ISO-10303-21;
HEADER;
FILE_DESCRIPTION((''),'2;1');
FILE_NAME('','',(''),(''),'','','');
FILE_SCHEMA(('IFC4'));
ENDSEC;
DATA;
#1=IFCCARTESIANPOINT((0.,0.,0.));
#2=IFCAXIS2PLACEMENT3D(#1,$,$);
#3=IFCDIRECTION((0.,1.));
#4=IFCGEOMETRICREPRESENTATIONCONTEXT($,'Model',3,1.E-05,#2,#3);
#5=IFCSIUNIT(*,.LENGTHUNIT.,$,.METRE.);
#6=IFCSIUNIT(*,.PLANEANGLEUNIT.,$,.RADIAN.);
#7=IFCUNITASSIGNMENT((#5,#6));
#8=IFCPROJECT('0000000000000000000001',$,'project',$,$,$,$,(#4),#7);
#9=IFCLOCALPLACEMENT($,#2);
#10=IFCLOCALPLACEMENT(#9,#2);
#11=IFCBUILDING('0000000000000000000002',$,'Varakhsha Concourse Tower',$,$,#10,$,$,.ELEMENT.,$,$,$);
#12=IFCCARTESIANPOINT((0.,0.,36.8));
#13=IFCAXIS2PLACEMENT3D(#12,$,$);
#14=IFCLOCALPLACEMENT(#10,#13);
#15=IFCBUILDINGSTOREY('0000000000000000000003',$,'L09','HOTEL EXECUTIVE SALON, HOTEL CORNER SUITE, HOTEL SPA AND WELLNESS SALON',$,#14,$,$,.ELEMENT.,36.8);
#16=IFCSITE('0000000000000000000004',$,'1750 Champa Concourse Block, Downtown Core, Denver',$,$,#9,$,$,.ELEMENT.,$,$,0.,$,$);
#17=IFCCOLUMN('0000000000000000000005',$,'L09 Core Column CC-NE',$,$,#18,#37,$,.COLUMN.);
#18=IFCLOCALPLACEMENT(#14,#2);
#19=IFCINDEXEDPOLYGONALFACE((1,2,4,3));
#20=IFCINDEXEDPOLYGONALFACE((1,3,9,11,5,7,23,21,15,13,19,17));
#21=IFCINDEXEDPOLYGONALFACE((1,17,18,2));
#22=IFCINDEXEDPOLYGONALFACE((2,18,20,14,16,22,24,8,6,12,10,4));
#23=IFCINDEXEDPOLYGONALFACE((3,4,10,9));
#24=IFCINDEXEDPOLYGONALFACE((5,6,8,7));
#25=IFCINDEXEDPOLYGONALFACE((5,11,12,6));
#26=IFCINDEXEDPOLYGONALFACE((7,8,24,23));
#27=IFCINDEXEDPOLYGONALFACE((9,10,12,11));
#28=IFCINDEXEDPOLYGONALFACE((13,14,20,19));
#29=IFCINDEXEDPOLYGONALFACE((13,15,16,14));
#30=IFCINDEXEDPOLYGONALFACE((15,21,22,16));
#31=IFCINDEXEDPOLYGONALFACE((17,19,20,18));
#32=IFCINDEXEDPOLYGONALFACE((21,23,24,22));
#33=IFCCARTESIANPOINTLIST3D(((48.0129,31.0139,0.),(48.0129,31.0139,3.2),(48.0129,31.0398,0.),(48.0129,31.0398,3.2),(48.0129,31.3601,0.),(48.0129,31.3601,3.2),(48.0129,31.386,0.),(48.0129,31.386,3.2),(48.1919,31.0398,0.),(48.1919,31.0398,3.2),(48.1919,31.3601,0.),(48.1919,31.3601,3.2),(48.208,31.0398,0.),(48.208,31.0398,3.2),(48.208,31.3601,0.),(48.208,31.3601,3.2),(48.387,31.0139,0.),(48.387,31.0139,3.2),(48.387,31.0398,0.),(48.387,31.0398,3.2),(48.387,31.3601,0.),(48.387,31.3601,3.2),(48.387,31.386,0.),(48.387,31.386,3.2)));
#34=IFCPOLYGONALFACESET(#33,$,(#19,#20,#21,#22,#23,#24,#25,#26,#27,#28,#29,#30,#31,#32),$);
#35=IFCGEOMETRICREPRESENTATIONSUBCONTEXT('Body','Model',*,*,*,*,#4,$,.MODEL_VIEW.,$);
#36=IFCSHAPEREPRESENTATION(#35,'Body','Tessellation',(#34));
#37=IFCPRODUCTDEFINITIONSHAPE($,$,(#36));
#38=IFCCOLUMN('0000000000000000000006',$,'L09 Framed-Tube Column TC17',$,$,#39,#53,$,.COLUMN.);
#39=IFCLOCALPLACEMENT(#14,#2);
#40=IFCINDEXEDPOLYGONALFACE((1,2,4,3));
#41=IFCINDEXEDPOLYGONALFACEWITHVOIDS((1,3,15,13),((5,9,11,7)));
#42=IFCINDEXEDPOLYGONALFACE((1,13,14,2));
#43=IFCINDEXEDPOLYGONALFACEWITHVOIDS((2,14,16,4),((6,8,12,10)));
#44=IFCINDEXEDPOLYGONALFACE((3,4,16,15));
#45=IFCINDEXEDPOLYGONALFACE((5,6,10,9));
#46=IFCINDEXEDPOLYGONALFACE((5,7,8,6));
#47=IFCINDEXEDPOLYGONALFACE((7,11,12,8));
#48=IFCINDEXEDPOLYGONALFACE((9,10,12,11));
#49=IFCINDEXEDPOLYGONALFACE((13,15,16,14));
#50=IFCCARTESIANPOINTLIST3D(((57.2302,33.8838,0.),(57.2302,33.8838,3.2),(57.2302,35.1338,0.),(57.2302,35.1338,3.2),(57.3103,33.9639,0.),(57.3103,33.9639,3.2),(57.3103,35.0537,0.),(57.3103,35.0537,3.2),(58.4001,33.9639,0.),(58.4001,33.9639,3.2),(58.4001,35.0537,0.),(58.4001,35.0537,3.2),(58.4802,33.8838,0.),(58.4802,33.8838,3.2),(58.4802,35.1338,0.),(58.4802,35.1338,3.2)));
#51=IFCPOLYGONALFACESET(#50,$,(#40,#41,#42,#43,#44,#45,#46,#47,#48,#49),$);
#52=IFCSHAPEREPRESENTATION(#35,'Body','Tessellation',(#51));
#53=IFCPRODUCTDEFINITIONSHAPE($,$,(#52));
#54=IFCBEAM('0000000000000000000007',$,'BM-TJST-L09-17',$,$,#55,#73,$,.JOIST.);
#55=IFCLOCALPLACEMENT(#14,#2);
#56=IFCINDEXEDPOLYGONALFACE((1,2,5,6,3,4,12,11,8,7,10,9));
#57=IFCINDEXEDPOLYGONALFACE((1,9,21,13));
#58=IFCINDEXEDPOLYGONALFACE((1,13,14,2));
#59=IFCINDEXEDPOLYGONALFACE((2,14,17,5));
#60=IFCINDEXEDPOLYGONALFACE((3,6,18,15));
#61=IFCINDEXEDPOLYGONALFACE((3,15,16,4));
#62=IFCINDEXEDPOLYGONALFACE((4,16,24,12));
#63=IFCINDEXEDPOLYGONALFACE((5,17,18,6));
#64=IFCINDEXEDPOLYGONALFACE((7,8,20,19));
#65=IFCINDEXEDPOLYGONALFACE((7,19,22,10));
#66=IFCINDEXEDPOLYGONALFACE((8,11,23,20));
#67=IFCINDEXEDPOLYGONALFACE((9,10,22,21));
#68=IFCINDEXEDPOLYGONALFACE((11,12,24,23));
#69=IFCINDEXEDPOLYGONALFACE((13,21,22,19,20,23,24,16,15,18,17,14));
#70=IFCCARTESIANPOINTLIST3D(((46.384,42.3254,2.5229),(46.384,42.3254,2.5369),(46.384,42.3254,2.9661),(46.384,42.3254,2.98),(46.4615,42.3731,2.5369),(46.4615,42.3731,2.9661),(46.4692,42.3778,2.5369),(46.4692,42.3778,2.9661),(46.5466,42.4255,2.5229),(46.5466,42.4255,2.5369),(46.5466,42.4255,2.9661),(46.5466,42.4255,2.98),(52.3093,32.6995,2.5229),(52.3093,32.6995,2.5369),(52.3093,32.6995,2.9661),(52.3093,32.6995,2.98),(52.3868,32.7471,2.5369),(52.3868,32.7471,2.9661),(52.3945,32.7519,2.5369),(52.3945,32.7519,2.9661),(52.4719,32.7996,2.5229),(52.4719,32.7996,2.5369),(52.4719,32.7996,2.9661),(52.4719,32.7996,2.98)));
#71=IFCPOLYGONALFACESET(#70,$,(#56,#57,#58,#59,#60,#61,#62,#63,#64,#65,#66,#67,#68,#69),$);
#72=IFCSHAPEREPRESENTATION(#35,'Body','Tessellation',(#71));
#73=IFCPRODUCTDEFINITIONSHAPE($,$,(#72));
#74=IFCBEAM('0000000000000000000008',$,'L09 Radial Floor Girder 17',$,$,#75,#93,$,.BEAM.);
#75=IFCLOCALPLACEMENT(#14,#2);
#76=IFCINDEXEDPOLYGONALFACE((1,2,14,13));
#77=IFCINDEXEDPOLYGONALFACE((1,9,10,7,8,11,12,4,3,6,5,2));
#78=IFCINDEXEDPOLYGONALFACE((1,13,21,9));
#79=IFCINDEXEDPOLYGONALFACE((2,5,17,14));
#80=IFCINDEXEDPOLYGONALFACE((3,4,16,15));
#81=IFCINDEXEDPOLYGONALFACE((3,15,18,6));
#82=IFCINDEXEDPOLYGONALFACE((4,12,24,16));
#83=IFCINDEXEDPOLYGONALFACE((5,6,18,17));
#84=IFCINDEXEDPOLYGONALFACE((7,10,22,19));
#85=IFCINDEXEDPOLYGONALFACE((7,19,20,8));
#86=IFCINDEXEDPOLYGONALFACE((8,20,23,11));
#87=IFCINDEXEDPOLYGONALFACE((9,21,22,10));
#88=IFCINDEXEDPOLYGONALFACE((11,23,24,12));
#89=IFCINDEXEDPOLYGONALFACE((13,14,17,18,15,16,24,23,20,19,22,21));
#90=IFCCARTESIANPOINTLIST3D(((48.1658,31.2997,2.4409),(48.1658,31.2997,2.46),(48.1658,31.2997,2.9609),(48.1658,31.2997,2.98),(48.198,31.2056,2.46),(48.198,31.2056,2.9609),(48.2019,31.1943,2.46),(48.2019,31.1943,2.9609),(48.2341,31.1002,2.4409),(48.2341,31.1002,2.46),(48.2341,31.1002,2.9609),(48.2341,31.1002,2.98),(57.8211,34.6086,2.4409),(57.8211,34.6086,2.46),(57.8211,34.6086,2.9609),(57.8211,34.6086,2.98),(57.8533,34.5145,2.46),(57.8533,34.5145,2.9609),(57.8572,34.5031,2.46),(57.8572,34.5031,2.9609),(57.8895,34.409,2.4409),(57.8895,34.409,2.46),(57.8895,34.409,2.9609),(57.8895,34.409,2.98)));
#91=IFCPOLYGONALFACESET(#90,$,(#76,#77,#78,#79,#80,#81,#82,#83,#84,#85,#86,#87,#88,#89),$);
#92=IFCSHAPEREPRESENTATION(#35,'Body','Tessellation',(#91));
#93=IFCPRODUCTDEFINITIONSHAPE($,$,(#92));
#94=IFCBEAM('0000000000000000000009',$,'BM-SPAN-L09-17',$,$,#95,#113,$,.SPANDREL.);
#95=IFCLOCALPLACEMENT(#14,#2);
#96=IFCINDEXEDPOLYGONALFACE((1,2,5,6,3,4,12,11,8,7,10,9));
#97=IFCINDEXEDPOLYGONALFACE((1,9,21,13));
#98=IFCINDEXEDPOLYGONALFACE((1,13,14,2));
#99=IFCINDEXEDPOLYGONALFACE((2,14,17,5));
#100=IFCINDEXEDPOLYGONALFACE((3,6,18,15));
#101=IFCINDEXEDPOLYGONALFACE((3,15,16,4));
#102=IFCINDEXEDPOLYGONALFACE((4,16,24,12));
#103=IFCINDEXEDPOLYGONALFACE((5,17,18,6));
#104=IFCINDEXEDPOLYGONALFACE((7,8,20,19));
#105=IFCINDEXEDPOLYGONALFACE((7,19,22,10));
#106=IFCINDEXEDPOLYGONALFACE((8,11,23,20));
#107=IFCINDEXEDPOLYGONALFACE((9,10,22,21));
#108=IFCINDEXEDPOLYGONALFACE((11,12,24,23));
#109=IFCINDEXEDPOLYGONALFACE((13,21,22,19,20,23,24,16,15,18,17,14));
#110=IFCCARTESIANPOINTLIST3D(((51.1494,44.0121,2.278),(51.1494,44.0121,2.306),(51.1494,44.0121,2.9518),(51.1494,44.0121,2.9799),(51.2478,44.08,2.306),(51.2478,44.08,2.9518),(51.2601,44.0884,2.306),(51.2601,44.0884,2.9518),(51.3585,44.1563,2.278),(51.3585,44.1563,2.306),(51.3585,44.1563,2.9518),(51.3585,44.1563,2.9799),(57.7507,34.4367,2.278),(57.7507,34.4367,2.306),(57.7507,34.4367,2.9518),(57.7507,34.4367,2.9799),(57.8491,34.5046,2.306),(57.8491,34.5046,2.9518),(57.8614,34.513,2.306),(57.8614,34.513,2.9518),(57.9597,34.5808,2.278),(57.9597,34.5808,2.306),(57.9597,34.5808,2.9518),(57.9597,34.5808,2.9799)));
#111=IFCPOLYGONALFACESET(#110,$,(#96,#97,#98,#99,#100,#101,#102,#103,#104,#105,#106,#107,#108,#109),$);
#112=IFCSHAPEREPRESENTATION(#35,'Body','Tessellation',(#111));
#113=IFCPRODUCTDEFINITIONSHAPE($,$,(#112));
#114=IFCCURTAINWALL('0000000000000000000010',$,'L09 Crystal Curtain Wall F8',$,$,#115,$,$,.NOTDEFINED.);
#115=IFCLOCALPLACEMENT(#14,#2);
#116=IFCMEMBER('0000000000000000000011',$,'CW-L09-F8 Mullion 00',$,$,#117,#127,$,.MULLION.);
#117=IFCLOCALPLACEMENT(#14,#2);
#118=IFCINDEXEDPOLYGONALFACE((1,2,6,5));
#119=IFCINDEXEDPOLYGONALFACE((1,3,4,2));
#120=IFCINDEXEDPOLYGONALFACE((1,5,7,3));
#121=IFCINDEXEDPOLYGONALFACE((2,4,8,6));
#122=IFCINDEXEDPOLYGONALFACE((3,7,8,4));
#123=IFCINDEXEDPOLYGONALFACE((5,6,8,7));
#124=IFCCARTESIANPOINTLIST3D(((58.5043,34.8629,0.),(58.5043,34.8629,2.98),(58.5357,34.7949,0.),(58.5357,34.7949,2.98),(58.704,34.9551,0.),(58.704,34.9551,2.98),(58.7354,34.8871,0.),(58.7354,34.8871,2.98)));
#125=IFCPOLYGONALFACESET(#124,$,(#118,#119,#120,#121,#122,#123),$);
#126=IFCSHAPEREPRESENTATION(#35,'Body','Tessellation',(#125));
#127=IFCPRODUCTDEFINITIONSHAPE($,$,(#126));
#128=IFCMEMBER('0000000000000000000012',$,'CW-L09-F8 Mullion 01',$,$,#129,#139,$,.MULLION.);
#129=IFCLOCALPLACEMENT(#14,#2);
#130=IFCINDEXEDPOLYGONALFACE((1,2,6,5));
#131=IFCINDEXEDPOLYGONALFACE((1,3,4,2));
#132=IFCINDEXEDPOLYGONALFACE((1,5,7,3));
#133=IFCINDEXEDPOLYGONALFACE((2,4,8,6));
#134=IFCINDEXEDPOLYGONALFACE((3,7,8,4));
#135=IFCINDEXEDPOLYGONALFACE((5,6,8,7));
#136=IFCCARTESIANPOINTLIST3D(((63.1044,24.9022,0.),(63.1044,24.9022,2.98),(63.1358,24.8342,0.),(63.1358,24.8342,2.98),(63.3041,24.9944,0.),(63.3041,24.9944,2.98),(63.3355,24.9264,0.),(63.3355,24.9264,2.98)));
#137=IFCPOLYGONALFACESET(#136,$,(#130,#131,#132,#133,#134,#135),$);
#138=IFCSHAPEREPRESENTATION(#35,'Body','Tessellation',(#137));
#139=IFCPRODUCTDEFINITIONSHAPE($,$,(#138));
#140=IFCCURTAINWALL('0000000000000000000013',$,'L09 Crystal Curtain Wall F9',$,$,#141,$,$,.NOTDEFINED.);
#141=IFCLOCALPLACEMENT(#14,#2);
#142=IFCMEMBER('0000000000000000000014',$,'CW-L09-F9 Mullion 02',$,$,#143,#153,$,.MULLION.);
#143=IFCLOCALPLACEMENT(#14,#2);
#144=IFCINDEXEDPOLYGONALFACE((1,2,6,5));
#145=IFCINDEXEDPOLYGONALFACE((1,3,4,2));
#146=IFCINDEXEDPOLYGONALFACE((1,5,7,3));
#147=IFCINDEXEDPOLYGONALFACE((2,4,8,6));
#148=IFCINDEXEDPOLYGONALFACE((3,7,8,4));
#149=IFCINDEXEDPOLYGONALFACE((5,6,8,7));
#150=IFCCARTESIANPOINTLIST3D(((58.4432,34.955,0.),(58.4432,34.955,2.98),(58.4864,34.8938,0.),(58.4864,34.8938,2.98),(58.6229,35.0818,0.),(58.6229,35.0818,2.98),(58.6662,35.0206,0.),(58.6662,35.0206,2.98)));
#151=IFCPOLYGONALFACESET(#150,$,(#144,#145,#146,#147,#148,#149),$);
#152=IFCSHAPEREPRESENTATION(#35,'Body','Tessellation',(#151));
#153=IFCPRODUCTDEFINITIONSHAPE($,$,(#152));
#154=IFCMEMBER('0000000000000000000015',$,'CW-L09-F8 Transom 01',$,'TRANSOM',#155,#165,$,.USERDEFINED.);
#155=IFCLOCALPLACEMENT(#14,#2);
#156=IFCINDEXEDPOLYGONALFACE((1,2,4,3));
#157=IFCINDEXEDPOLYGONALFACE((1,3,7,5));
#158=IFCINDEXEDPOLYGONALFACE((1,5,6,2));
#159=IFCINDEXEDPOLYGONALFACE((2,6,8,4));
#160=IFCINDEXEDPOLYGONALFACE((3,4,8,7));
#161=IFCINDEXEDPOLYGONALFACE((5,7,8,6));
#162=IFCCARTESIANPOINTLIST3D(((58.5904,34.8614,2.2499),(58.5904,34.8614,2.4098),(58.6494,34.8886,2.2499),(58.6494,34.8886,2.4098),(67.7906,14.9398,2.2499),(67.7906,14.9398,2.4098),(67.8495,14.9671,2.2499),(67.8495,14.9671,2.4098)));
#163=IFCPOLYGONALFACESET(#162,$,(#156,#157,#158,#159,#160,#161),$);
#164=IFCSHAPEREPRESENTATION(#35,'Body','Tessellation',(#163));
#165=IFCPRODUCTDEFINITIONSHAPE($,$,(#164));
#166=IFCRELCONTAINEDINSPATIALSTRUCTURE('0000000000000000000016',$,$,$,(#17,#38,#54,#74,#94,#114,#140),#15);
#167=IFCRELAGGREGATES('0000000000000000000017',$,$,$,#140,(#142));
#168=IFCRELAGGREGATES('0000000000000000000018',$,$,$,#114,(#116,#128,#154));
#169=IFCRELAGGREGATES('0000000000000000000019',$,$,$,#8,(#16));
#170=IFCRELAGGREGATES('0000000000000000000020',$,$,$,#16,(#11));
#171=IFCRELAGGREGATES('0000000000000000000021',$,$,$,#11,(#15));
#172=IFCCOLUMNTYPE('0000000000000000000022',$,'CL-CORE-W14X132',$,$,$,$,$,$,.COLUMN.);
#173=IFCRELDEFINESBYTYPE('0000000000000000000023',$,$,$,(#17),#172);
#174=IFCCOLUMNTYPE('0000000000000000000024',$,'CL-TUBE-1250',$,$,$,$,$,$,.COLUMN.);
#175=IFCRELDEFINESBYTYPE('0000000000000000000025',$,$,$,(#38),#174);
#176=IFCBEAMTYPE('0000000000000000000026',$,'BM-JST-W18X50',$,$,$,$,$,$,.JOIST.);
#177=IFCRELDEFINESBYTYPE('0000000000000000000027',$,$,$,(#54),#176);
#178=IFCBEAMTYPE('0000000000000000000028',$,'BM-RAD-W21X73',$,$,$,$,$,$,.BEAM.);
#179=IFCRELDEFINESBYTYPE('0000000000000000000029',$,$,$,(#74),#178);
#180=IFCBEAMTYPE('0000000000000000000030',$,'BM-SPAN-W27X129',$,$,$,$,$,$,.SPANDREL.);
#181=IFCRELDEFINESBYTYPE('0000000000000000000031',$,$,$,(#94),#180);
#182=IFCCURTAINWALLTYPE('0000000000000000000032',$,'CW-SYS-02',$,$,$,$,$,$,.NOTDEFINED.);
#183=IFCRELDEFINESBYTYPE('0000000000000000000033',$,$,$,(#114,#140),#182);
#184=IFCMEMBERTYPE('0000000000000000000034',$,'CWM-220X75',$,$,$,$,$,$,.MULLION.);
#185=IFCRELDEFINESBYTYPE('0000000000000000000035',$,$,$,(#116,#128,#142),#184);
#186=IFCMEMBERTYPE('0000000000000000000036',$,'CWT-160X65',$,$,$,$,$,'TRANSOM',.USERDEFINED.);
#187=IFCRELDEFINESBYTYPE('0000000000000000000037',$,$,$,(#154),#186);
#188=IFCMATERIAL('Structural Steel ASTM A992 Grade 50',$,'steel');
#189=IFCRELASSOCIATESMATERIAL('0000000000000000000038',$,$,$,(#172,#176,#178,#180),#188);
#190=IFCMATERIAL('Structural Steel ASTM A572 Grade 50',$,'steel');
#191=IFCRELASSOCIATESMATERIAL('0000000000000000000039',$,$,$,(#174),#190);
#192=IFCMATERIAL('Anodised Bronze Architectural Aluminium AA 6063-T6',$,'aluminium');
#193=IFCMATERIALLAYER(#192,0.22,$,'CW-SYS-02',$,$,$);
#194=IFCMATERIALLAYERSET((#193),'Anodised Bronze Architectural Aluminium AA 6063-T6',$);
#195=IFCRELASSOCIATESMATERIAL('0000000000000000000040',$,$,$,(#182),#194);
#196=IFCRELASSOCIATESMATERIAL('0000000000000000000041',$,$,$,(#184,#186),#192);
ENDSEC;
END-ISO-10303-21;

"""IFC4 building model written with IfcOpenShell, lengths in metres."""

from ifc_helpers import new_model, si_unit, direction, frame, origin, origin_2d, place, context, subcontext, project, spatial, rectangle, hollow_rectangle, i_section, extrude, source, transform, mapped, material, layer, layer_set, material_profile, profile_set, type_object, type_shapes, element, aggregate, save


model = new_model("IFC4")

# Units and contexts
model_context = context("Model", 3, precision=1e-05, world=origin(), true_north=direction((0.0, 1.0)))
body_context = subcontext(model_context, "Body", "Model", "MODEL_VIEW")
ifc_project = project(units=[si_unit("LENGTHUNIT", "METRE"), si_unit("PLANEANGLEUNIT", "RADIAN")], contexts=[model_context])

# Site, building, storey
site_placement = place(None, origin())
site = spatial("IfcSite", under=ifc_project, at=site_placement, Name="1750 Champa Concourse Block, Downtown Core, Denver", CompositionType="ELEMENT", RefElevation=0.0)
building_placement = place(site_placement, origin())
building = spatial("IfcBuilding", under=site, at=building_placement, Name="Varakhsha Concourse Tower", CompositionType="ELEMENT")
storey_placement = place(building_placement, frame((0.0, 0.0, 36.8)))
storey = spatial("IfcBuildingStorey", under=building, at=storey_placement, Name="L09", Description="HOTEL EXECUTIVE SALON, HOTEL CORNER SUITE, HOTEL SPA AND WELLNESS SALON", CompositionType="ELEMENT", Elevation=36.8)

# Columns
ifc_material_1 = material(Name="Structural Steel ASTM A992 Grade 50", Category="steel")
ifc_material_profile_1 = material_profile(ifc_material_1, i_section(OverallWidth=0.374, OverallDepth=0.3721, WebThickness=0.0161, FlangeThickness=0.0259, at=origin_2d()), Name="W14X132")
ifc_profile_set_1 = profile_set([ifc_material_profile_1], Name="Structural Steel ASTM A992 Grade 50")
column_type_1 = type_object("IfcColumnType", Name="CL-CORE-W14X132", PredefinedType="COLUMN", material=ifc_profile_set_1)
column_1_placement = place(storey_placement, frame((48.2, 31.2, 0.0), z_axis=(0.0, 0.0, 1.0), x_axis=(1.0, 0.0, 0.0)))
element("IfcColumn", 1, at=column_1_placement, inside=storey, type_object=column_type_1, Name="L09 Core Column CC-NE", PredefinedType="COLUMN", context=body_context, shape_type="SweptSolid", body=[
    extrude(i_section(OverallWidth=0.374, OverallDepth=0.3721, WebThickness=0.0161, FlangeThickness=0.0259, at=origin_2d()), origin(), (0.0, 0.0, 1.0), 3.2),
])
ifc_material_2 = material(Name="Structural Steel ASTM A572 Grade 50", Category="steel")
ifc_material_profile_2 = material_profile(ifc_material_2, hollow_rectangle(XDim=1.25, YDim=1.25, WallThickness=0.0801, at=origin_2d()), Name="BOX 1250x1250x80")
ifc_profile_set_2 = profile_set([ifc_material_profile_2], Name="Structural Steel ASTM A572 Grade 50")
column_type_2 = type_object("IfcColumnType", Name="CL-TUBE-1250", PredefinedType="COLUMN", material=ifc_profile_set_2)
column_2_placement = place(storey_placement, frame((57.8552, 34.5088, 0.0), z_axis=(0.0, 0.0, 1.0), x_axis=(1.0, 0.0, 0.0)))
element("IfcColumn", 2, at=column_2_placement, inside=storey, type_object=column_type_2, Name="L09 Framed-Tube Column TC17", PredefinedType="COLUMN", context=body_context, shape_type="SweptSolid", body=[
    extrude(hollow_rectangle(XDim=1.25, YDim=1.25, WallThickness=0.0801, at=origin_2d()), origin(), (0.0, 0.0, 1.0), 3.2),
])

# Beams
ifc_material_profile_3 = material_profile(ifc_material_1, i_section(OverallWidth=0.1909, OverallDepth=0.457, WebThickness=0.009, FlangeThickness=0.0139, at=origin_2d()), Name="W18X50")
ifc_profile_set_3 = profile_set([ifc_material_profile_3], Name="Structural Steel ASTM A992 Grade 50")
beam_type_1 = type_object("IfcBeamType", Name="BM-JST-W18X50", PredefinedType="JOIST", material=ifc_profile_set_3)
beam_1_placement = place(storey_placement, frame((52.3906, 32.7495, 2.7515), z_axis=(-0.524201, 0.851595, 0.0), x_axis=(-0.851595, -0.524201, 0.0)))
element("IfcBeam", 3, at=beam_1_placement, inside=storey, type_object=beam_type_1, Name="BM-TJST-L09-17", PredefinedType="JOIST", context=body_context, shape_type="SweptSolid", body=[
    extrude(i_section(OverallWidth=0.1909, OverallDepth=0.457, WebThickness=0.009, FlangeThickness=0.0139, at=origin_2d()), origin(), (0.0, 0.0, 1.0), 11.3035),
])
ifc_material_profile_4 = material_profile(ifc_material_1, i_section(OverallWidth=0.2109, OverallDepth=0.5391, WebThickness=0.012, FlangeThickness=0.019, at=origin_2d()), Name="W21X73")
ifc_profile_set_4 = profile_set([ifc_material_profile_4], Name="Structural Steel ASTM A992 Grade 50")
beam_type_2 = type_object("IfcBeamType", Name="BM-RAD-W21X73", PredefinedType="BEAM", material=ifc_profile_set_4)
beam_2_placement = place(storey_placement, frame((48.2, 31.2, 2.7104), z_axis=(0.945992, 0.324189, 0.0), x_axis=(-0.324189, 0.945992, 0.0)))
element("IfcBeam", 4, at=beam_2_placement, inside=storey, type_object=beam_type_2, Name="L09 Radial Floor Girder 17", PredefinedType="BEAM", context=body_context, shape_type="SweptSolid", body=[
    extrude(i_section(OverallWidth=0.2109, OverallDepth=0.5391, WebThickness=0.012, FlangeThickness=0.019, at=origin_2d()), origin(), (0.0, 0.0, 1.0), 10.2065),
])
ifc_material_profile_5 = material_profile(ifc_material_1, i_section(OverallWidth=0.2539, OverallDepth=0.7019, WebThickness=0.0149, FlangeThickness=0.0281, at=origin_2d()), Name="W27X129")
ifc_profile_set_5 = profile_set([ifc_material_profile_5], Name="Structural Steel ASTM A992 Grade 50")
beam_type_3 = type_object("IfcBeamType", Name="BM-SPAN-W27X129", PredefinedType="SPANDREL", material=ifc_profile_set_5)
beam_3_placement = place(storey_placement, frame((57.8552, 34.5088, 2.6289), z_axis=(-0.567591, 0.823311, 0.0), x_axis=(-0.823311, -0.567591, 0.0)))
element("IfcBeam", 5, at=beam_3_placement, inside=storey, type_object=beam_type_3, Name="BM-SPAN-L09-17", PredefinedType="SPANDREL", context=body_context, shape_type="SweptSolid", body=[
    extrude(i_section(OverallWidth=0.2539, OverallDepth=0.7019, WebThickness=0.0149, FlangeThickness=0.0281, at=origin_2d()), origin(), (0.0, 0.0, 1.0), 11.6304),
])

# Curtain wall, members
ifc_material_3 = material(Name="Anodised Bronze Architectural Aluminium AA 6063-T6", Category="aluminium")
ifc_layer_1 = layer(ifc_material_3, 0.22, Name="CW-SYS-02")
ifc_layer_set_1 = layer_set([ifc_layer_1], Name="Anodised Bronze Architectural Aluminium AA 6063-T6")
curtain_wall_type = type_object("IfcCurtainWallType", Name="CW-SYS-02", PredefinedType="NOTDEFINED", material=ifc_layer_set_1)
curtain_wall_1_placement = place(storey_placement, origin())
curtain_wall_1 = element("IfcCurtainWall", 6, at=curtain_wall_1_placement, inside=storey, type_object=curtain_wall_type, Name="L09 Crystal Curtain Wall F8", PredefinedType="NOTDEFINED")
ifc_material_profile_6 = material_profile(ifc_material_3, rectangle(XDim=0.075, YDim=0.22, at=origin_2d()), Name="CWM-220X75")
ifc_profile_set_6 = profile_set([ifc_material_profile_6], Name="Anodised Bronze Architectural Aluminium AA 6063-T6")
member_type_1 = type_object("IfcMemberType", Name="CWM-220X75", PredefinedType="MULLION", material=ifc_profile_set_6)
shared_shape_1 = source(origin(), body_context, "Body", "SweptSolid", [
    extrude(rectangle(XDim=0.075, YDim=0.22, at=origin_2d()), origin(), (0.0, 0.0, 1.0), 2.98),
])
type_shapes(member_type_1, [shared_shape_1])
member_1_placement = place(storey_placement, frame((58.6199, 34.875, 0.0), z_axis=(0.0, 0.0, 1.0), x_axis=(0.41927, -0.907862, 0.0)))
member_1 = element("IfcMember", 7, at=member_1_placement, type_object=member_type_1, Name="CW-L09-F8 Mullion 00", PredefinedType="MULLION", context=body_context, shape_type="MappedRepresentation", body=[
    mapped(shared_shape_1, transform((0.0, 0.0, 0.0), scale=1.0)),
])
member_2_placement = place(storey_placement, frame((63.22, 24.9143, 0.0), z_axis=(0.0, 0.0, 1.0), x_axis=(0.41927, -0.907862, 0.0)))
member_2 = element("IfcMember", 8, at=member_2_placement, type_object=member_type_1, Name="CW-L09-F8 Mullion 01", PredefinedType="MULLION", context=body_context, shape_type="MappedRepresentation", body=[
    mapped(shared_shape_1, transform((0.0, 0.0, 0.0), scale=1.0)),
])

# Curtain wall, member
curtain_wall_2_placement = place(storey_placement, origin())
curtain_wall_2 = element("IfcCurtainWall", 9, at=curtain_wall_2_placement, inside=storey, type_object=curtain_wall_type, Name="L09 Crystal Curtain Wall F9", PredefinedType="NOTDEFINED")
member_3_placement = place(storey_placement, frame((58.5547, 34.9878, 0.0), z_axis=(0.0, 0.0, 1.0), x_axis=(0.576593, -0.817031, 0.0)))
member_3 = element("IfcMember", 10, at=member_3_placement, type_object=member_type_1, Name="CW-L09-F9 Mullion 02", PredefinedType="MULLION", context=body_context, shape_type="MappedRepresentation", body=[
    mapped(shared_shape_1, transform((0.0, 0.0, 0.0), scale=1.0)),
])
aggregate(curtain_wall_2, [member_3])

# Member
ifc_material_profile_7 = material_profile(ifc_material_3, rectangle(XDim=0.0649, YDim=0.1599, at=origin_2d()), Name="CWT-160X65")
ifc_profile_set_7 = profile_set([ifc_material_profile_7], Name="Anodised Bronze Architectural Aluminium AA 6063-T6")
member_type_2 = type_object("IfcMemberType", Name="CWT-160X65", ElementType="TRANSOM", PredefinedType="USERDEFINED", material=ifc_profile_set_7)
shared_shape_2 = source(origin(), body_context, "Body", "SweptSolid", [
    extrude(rectangle(XDim=0.0649, YDim=0.1599, at=origin_2d()), origin(), (0.0, 0.0, 1.0), 21.9434),
])
type_shapes(member_type_2, [shared_shape_2])
member_4_placement = place(storey_placement, frame((58.6199, 34.875, 2.3298), z_axis=(0.419268, -0.907862, 0.0), x_axis=(0.907862, 0.419268, 0.0)))
member_4 = element("IfcMember", 11, at=member_4_placement, type_object=member_type_2, Name="CW-L09-F8 Transom 01", ObjectType="TRANSOM", PredefinedType="USERDEFINED", context=body_context, shape_type="MappedRepresentation", body=[
    mapped(shared_shape_2, transform((0.0, 0.0, 0.0), scale=1.0)),
])

aggregate(curtain_wall_1, [member_1, member_2, member_4])

save(model, "model.ifc")
